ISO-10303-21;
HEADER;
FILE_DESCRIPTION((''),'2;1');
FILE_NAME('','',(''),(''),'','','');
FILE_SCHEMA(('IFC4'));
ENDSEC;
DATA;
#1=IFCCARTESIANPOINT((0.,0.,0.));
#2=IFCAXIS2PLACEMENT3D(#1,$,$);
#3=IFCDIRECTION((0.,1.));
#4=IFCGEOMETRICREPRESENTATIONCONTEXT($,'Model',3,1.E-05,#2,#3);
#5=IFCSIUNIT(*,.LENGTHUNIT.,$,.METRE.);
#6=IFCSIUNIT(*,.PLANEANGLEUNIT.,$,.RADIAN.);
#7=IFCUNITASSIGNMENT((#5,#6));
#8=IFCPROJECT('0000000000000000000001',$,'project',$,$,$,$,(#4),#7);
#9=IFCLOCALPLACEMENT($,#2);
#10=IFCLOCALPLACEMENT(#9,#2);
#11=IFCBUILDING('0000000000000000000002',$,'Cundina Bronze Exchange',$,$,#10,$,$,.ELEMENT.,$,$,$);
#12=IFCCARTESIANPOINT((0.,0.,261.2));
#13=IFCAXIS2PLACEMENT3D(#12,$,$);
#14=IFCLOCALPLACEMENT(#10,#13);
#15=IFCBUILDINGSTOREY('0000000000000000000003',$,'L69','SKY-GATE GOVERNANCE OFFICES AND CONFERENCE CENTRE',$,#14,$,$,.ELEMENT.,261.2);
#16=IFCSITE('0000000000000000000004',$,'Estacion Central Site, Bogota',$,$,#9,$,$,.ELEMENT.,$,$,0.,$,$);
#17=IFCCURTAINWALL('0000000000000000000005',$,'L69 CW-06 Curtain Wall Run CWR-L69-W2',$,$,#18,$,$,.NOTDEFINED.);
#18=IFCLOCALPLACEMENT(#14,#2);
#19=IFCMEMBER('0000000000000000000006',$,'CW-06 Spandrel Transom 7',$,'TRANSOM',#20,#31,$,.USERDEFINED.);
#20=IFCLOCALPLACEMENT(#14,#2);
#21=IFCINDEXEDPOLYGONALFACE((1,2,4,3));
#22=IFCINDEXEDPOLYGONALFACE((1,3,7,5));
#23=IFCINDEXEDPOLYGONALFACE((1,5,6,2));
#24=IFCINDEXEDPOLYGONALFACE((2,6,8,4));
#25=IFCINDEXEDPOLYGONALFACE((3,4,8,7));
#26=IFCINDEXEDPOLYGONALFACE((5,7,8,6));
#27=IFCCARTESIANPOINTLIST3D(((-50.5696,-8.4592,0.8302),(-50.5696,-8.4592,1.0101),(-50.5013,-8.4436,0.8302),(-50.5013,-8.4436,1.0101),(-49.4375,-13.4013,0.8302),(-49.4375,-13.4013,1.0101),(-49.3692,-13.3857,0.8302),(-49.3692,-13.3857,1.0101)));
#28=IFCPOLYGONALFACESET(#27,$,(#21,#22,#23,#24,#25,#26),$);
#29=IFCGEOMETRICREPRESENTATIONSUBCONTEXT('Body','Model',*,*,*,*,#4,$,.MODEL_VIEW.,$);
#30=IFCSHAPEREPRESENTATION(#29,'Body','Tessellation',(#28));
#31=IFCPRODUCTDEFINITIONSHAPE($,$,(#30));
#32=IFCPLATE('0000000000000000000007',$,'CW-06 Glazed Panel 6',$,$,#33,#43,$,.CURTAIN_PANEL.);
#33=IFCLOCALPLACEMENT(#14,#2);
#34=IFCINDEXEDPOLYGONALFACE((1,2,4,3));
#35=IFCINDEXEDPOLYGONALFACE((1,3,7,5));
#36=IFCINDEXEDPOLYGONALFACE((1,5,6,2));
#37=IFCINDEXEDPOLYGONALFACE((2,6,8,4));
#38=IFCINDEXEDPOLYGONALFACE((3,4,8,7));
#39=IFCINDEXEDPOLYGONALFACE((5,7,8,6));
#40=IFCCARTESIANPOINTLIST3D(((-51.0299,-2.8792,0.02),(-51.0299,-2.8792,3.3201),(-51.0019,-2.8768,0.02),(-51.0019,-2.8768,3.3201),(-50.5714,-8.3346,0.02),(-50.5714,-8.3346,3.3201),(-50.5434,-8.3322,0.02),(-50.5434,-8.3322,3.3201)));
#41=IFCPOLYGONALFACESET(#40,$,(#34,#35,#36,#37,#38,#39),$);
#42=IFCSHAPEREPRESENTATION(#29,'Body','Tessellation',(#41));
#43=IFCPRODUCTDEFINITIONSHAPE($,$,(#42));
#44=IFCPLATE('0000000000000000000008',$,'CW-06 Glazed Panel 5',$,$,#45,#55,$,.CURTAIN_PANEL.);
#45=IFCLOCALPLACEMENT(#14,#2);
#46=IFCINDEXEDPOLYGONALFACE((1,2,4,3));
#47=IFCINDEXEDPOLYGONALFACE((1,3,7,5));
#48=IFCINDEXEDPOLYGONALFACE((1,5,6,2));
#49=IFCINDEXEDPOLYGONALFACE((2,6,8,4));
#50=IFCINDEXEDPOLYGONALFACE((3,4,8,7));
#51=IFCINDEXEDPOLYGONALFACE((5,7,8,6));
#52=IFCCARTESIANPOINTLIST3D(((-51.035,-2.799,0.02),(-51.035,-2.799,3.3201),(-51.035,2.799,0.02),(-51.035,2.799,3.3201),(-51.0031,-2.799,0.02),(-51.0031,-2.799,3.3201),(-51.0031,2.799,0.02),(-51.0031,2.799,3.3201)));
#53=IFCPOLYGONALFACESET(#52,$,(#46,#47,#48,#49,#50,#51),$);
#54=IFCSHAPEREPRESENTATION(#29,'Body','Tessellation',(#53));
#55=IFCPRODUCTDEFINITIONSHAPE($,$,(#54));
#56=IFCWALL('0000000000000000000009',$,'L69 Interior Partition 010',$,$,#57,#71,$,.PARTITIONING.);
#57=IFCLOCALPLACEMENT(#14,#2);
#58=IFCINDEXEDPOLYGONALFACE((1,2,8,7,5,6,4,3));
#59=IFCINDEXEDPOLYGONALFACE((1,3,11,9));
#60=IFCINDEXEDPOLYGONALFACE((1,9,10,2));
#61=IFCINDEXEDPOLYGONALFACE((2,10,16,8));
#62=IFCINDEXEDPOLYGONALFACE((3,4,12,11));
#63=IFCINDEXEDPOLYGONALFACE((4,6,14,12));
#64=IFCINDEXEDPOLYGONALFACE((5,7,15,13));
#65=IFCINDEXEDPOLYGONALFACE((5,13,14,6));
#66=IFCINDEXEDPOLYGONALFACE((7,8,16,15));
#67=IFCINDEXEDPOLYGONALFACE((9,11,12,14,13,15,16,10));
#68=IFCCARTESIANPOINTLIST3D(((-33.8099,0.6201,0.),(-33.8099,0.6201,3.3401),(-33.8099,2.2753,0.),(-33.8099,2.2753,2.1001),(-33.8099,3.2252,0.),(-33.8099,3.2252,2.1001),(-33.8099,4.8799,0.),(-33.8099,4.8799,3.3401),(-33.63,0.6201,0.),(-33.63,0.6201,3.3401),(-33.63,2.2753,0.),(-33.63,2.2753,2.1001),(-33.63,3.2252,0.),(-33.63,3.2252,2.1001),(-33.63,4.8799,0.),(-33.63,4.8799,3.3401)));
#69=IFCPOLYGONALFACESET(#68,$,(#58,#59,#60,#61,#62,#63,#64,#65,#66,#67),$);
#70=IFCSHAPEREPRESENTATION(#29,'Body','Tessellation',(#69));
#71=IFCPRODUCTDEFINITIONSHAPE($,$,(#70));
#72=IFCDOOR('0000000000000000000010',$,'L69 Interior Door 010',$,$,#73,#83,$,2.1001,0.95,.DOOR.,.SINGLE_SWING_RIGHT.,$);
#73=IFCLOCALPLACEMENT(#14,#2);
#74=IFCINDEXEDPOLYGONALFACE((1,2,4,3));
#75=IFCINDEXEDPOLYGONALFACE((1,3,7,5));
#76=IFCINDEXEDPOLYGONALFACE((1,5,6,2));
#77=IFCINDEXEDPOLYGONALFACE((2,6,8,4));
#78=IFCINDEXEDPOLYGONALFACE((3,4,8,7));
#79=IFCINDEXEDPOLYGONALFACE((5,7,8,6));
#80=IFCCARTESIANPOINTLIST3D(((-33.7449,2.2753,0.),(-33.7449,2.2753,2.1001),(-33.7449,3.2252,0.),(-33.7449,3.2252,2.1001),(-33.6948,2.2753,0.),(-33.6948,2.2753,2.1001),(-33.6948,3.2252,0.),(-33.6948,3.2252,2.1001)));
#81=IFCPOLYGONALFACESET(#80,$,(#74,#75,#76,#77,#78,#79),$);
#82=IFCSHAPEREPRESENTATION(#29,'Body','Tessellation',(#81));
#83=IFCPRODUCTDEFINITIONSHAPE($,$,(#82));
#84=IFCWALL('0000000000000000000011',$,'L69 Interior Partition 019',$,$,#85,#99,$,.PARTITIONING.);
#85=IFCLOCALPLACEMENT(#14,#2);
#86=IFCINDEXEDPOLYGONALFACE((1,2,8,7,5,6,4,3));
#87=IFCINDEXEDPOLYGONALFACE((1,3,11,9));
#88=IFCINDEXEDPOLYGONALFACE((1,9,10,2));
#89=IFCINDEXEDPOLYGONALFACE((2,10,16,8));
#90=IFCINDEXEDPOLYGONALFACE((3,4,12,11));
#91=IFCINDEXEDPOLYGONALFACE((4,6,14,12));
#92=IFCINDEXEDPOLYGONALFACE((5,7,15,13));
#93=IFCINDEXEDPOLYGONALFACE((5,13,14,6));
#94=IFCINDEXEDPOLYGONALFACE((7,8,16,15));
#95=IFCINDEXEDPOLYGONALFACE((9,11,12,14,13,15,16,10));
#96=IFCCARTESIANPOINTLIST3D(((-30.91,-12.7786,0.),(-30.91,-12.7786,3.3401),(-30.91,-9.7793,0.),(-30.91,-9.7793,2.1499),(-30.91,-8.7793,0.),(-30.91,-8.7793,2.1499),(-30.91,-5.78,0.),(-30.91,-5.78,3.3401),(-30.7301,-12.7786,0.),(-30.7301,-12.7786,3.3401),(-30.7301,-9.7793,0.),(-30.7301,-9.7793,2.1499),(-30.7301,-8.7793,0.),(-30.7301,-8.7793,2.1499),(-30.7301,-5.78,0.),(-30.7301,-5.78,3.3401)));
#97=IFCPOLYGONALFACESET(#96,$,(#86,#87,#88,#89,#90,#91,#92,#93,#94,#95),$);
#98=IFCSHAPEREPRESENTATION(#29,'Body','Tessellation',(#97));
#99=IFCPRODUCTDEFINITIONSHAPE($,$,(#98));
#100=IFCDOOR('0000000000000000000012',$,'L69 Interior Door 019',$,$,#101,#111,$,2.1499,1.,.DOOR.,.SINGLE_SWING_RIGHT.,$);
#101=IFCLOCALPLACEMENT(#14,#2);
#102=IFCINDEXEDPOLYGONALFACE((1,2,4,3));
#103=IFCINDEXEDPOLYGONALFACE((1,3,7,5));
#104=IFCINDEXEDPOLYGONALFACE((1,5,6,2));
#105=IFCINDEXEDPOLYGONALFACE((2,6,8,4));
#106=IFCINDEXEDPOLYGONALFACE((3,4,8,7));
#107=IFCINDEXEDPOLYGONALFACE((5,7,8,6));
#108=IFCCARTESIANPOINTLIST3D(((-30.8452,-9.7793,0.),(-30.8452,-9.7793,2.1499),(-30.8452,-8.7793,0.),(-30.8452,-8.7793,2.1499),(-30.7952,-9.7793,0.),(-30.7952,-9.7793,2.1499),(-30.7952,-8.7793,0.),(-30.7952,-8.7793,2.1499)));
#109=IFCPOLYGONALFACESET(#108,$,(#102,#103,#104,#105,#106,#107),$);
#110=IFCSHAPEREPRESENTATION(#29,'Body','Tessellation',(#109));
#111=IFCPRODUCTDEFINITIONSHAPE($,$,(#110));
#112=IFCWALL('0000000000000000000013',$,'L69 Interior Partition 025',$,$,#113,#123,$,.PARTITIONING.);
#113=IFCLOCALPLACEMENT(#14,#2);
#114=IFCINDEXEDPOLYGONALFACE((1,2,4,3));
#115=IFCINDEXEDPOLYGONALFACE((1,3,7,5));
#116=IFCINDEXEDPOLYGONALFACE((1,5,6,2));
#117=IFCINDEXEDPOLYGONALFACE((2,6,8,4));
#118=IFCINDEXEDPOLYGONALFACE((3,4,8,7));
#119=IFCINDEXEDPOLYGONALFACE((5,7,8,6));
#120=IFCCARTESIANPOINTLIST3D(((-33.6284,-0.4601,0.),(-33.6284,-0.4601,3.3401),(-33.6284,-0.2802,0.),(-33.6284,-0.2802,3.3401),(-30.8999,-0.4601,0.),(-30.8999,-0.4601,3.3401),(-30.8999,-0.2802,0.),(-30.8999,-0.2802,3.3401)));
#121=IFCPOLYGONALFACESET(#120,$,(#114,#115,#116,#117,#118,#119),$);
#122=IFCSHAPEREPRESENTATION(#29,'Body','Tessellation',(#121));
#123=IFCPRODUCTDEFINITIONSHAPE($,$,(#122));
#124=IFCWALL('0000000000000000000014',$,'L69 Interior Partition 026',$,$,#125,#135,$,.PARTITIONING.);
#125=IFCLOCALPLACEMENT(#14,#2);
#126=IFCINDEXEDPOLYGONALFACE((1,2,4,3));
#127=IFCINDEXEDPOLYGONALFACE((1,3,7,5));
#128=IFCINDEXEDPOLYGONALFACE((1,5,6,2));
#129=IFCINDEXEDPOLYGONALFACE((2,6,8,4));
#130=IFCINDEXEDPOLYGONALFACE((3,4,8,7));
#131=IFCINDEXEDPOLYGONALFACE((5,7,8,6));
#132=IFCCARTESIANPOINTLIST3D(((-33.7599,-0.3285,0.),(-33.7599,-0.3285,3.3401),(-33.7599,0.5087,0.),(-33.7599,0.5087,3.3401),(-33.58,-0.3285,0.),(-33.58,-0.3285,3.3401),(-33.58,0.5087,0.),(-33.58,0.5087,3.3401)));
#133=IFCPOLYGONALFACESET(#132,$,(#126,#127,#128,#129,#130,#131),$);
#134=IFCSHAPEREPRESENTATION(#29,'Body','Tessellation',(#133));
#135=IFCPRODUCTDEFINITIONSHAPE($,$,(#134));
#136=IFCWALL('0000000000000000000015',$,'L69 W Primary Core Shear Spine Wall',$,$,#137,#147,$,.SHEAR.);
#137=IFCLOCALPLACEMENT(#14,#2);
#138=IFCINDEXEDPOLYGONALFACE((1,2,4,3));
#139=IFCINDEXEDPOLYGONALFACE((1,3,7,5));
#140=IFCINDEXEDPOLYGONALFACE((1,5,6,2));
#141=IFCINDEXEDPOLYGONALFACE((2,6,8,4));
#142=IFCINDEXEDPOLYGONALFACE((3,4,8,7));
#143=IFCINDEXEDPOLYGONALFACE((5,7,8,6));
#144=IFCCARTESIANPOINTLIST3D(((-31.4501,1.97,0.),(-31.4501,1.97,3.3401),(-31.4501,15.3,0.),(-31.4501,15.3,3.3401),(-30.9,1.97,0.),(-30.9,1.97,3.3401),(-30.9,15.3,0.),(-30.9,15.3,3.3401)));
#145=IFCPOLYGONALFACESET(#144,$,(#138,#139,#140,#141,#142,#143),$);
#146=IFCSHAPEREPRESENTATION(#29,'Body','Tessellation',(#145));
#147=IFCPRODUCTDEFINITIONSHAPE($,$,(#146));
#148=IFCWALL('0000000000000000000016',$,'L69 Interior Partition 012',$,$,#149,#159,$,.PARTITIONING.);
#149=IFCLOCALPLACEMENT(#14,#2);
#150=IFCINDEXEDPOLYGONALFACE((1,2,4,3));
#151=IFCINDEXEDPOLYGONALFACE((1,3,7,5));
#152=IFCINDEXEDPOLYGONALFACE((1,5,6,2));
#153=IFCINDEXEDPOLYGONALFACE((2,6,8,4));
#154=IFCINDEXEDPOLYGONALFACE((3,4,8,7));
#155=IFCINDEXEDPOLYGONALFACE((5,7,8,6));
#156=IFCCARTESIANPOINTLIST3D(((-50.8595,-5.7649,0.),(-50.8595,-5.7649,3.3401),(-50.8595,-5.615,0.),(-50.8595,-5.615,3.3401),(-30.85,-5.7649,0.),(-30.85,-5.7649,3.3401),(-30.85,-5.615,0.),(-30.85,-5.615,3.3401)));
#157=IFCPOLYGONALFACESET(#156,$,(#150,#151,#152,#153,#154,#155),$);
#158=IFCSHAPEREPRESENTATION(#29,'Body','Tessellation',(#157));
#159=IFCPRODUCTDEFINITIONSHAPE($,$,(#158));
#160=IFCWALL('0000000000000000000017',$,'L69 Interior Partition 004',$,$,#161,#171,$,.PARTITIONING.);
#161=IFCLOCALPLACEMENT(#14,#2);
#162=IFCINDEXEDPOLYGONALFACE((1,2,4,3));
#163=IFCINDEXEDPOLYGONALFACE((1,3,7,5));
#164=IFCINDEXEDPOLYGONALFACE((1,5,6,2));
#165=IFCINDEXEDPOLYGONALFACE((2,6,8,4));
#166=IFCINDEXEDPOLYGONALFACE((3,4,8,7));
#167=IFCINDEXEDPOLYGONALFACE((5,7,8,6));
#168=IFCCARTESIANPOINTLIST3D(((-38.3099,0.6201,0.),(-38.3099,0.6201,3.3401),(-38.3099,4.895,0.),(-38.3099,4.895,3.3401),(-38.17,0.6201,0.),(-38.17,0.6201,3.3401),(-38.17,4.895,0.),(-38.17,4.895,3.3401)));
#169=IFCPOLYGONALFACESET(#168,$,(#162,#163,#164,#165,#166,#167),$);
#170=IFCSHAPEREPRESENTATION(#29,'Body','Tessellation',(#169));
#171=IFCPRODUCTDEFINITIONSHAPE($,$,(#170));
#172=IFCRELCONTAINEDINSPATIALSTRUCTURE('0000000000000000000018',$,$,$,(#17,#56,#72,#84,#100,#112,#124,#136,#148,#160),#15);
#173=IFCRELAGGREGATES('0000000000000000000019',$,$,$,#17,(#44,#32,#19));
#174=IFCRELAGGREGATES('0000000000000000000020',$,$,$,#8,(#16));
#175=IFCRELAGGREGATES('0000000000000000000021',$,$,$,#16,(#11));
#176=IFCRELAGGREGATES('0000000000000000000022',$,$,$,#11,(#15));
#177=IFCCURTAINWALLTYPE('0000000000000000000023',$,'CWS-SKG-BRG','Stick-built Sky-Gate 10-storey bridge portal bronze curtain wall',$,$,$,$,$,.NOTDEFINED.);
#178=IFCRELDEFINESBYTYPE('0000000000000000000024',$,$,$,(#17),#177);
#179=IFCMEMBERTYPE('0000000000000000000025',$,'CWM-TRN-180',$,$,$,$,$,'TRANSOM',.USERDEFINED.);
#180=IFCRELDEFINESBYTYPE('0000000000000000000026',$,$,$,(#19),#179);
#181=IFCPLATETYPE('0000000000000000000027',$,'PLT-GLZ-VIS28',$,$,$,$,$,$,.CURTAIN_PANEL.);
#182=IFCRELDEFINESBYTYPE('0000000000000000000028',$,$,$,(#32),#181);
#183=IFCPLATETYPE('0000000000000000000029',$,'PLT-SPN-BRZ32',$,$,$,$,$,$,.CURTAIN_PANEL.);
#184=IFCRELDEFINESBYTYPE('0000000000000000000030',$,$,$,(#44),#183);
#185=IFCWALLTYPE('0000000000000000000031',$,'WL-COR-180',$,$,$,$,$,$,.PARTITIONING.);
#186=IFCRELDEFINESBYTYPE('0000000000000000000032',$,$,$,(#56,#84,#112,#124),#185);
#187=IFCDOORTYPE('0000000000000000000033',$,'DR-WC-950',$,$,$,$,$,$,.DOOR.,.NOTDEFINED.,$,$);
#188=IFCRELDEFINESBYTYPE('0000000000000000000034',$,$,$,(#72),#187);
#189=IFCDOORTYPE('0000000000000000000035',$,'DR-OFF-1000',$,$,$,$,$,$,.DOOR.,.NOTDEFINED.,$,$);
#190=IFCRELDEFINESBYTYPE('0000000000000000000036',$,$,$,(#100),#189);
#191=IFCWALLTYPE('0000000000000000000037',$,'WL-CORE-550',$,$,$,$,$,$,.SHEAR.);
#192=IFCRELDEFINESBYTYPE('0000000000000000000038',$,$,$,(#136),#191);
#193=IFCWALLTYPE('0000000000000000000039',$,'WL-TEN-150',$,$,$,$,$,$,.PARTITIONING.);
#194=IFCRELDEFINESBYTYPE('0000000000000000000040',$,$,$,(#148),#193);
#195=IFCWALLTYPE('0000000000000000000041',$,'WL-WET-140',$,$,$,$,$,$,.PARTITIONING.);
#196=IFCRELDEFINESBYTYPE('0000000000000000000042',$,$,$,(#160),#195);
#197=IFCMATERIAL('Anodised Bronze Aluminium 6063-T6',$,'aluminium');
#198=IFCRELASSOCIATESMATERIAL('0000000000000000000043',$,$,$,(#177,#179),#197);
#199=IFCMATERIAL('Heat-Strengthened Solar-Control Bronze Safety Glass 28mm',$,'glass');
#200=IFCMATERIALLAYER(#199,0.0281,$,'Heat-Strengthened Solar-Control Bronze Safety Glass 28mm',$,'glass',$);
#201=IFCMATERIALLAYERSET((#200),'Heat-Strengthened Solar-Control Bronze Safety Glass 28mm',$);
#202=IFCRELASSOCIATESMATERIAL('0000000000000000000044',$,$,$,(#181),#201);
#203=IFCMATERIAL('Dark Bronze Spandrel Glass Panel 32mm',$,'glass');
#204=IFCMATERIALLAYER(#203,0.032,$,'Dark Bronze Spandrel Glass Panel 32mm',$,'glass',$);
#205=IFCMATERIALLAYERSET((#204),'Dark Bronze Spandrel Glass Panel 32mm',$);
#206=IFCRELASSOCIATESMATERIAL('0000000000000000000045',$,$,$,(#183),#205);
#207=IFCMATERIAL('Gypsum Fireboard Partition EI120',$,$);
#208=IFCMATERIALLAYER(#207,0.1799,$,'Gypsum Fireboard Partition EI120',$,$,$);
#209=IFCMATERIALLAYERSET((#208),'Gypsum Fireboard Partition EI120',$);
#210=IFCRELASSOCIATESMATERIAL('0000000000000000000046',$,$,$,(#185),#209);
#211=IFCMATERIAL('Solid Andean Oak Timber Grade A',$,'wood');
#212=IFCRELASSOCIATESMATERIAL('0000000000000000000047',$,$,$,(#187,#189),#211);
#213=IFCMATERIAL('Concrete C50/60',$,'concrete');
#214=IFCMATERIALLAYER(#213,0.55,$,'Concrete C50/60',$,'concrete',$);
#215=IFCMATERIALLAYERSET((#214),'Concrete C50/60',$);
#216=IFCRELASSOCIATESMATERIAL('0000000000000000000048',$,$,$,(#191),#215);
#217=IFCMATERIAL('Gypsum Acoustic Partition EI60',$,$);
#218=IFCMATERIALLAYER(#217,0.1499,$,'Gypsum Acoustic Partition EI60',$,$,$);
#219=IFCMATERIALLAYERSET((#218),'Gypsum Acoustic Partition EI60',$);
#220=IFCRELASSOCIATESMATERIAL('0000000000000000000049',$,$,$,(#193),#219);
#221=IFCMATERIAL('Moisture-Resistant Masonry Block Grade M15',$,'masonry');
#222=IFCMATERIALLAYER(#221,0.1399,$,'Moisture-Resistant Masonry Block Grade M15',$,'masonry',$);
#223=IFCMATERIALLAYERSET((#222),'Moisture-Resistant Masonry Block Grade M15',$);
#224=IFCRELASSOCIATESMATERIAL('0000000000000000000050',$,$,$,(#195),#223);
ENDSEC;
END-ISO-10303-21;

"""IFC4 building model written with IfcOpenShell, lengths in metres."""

from ifc_helpers import new_model, si_unit, direction, frame, frame_2d, origin, origin_2d, place, context, subcontext, project, spatial, rectangle, extrude, material, layer, layer_set, material_profile, profile_set, type_object, element, fill, aggregate, save


model = new_model("IFC4")

# Units and contexts
model_context = context("Model", 3, precision=1e-05, world=origin(), true_north=direction((0.0, 1.0)))
body_context = subcontext(model_context, "Body", "Model", "MODEL_VIEW")
ifc_project = project(units=[si_unit("LENGTHUNIT", "METRE"), si_unit("PLANEANGLEUNIT", "RADIAN")], contexts=[model_context])

# Site, building, storey
site_placement = place(None, origin())
site = spatial("IfcSite", under=ifc_project, at=site_placement, Name="Estacion Central Site, Bogota", CompositionType="ELEMENT", RefElevation=0.0)
building_placement = place(site_placement, origin())
building = spatial("IfcBuilding", under=site, at=building_placement, Name="Cundina Bronze Exchange", CompositionType="ELEMENT")
storey_placement = place(building_placement, frame((0.0, 0.0, 261.2)))
storey = spatial("IfcBuildingStorey", under=building, at=storey_placement, Name="L69", Description="SKY-GATE GOVERNANCE OFFICES AND CONFERENCE CENTRE", CompositionType="ELEMENT", Elevation=261.2)

# Shared definitions
ifc_material_1 = material(Name="Concrete C50/60", Category="concrete")

# Curtain wall, member, plates
ifc_material_2 = material(Name="Anodised Bronze Aluminium 6063-T6", Category="aluminium")
curtain_wall_type = type_object("IfcCurtainWallType", Name="CWS-SKG-BRG", Description="Stick-built Sky-Gate 10-storey bridge portal bronze curtain wall", PredefinedType="NOTDEFINED", material=ifc_material_2)
curtain_wall_placement = place(storey_placement, origin())
curtain_wall = element("IfcCurtainWall", 1, at=curtain_wall_placement, inside=storey, type_object=curtain_wall_type, Name="L69 CW-06 Curtain Wall Run CWR-L69-W2", PredefinedType="NOTDEFINED")
ifc_material_profile_1 = material_profile(ifc_material_2, rectangle(XDim=0.0701, YDim=0.1799, at=origin_2d()), Name="AL70X180", Category="aluminium")
ifc_profile_set_1 = profile_set([ifc_material_profile_1], Name="Anodised Bronze Aluminium 6063-T6")
member_type_1 = type_object("IfcMemberType", Name="CWM-TRN-180", ElementType="TRANSOM", PredefinedType="USERDEFINED", material=ifc_profile_set_1)
member_1_placement = place(storey_placement, frame((-50.5354, -8.4514, 0.9202), z_axis=(0.223284, -0.974754, 0.0), x_axis=(0.974754, 0.223284, 0.0)))
member_1 = element("IfcMember", 2, at=member_1_placement, type_object=member_type_1, Name="CW-06 Spandrel Transom 7", ObjectType="TRANSOM", PredefinedType="USERDEFINED", context=body_context, shape_type="SweptSolid", body=[
    extrude(rectangle(XDim=0.0701, YDim=0.1799, at=origin_2d()), origin(), (0.0, 0.0, 1.0), 5.0701),
])
ifc_material_3 = material(Name="Heat-Strengthened Solar-Control Bronze Safety Glass 28mm", Category="glass")
ifc_layer_1 = layer(ifc_material_3, 0.0281, Name="Heat-Strengthened Solar-Control Bronze Safety Glass 28mm", Category="glass")
ifc_layer_set_1 = layer_set([ifc_layer_1], Name="Heat-Strengthened Solar-Control Bronze Safety Glass 28mm")
plate_type_1 = type_object("IfcPlateType", Name="PLT-GLZ-VIS28", PredefinedType="CURTAIN_PANEL", material=ifc_layer_set_1)
plate_1_placement = place(storey_placement, frame((-50.7866, -5.6057, 0.02), z_axis=(0.0, 0.0, 1.0), x_axis=(0.083747, -0.996487, 0.0)))
plate_1 = element("IfcPlate", 3, at=plate_1_placement, type_object=plate_type_1, Name="CW-06 Glazed Panel 6", PredefinedType="CURTAIN_PANEL", context=body_context, shape_type="SweptSolid", body=[
    extrude(rectangle(XDim=5.4746, YDim=0.0281, at=origin_2d()), origin(), (0.0, 0.0, 1.0), 3.3),
])
ifc_material_4 = material(Name="Dark Bronze Spandrel Glass Panel 32mm", Category="glass")
ifc_layer_2 = layer(ifc_material_4, 0.032, Name="Dark Bronze Spandrel Glass Panel 32mm", Category="glass")
ifc_layer_set_2 = layer_set([ifc_layer_2], Name="Dark Bronze Spandrel Glass Panel 32mm")
plate_type_2 = type_object("IfcPlateType", Name="PLT-SPN-BRZ32", PredefinedType="CURTAIN_PANEL", material=ifc_layer_set_2)
plate_2_placement = place(storey_placement, frame((-51.019, 0.0, 0.02), z_axis=(0.0, 0.0, 1.0), x_axis=(0.0, -1.0, 0.0)))
plate_2 = element("IfcPlate", 4, at=plate_2_placement, type_object=plate_type_2, Name="CW-06 Glazed Panel 5", PredefinedType="CURTAIN_PANEL", context=body_context, shape_type="SweptSolid", body=[
    extrude(rectangle(XDim=5.5979, YDim=0.032, at=origin_2d()), origin(), (0.0, 0.0, 1.0), 3.3),
])
aggregate(curtain_wall, [plate_2, plate_1, member_1])

# Walls, openings, doors
ifc_material_5 = material(Name="Gypsum Fireboard Partition EI120")
ifc_layer_3 = layer(ifc_material_5, 0.1799, Name="Gypsum Fireboard Partition EI120")
ifc_layer_set_3 = layer_set([ifc_layer_3], Name="Gypsum Fireboard Partition EI120")
wall_type_1 = type_object("IfcWallType", Name="WL-COR-180", PredefinedType="PARTITIONING", material=ifc_layer_set_3)
wall_1_placement = place(storey_placement, frame((-33.72, 0.6201, 0.0), z_axis=(0.0, 0.0, 1.0), x_axis=(0.0, 1.0, 0.0)))
wall_1 = element("IfcWall", 5, at=wall_1_placement, inside=storey, type_object=wall_type_1, Name="L69 Interior Partition 010", PredefinedType="PARTITIONING", context=body_context, shape_type="SweptSolid", body=[
    extrude(rectangle(XDim=4.2598, YDim=0.1799, at=frame_2d((2.1299, 0.0))), origin(), (0.0, 0.0, 1.0), 3.3401),
])
opening_1_placement = place(wall_1_placement, frame((1.655, 0.0, 0.0)))
opening_1 = element("IfcOpeningElement", 6, at=opening_1_placement, cuts=wall_1, PredefinedType="OPENING", context=body_context, shape_type="SweptSolid", body=[
    extrude(rectangle(XDim=0.95, YDim=2.1001, at=frame_2d((0.4751, 1.05))), frame((0.0, 0.0999, 0.0), z_axis=(0.0, -1.0, 0.0), x_axis=(1.0, 0.0, 0.0)), (0.0, 0.0, 1.0), 0.2),
])
ifc_material_6 = material(Name="Solid Andean Oak Timber Grade A", Category="wood")
door_type_1 = type_object("IfcDoorType", Name="DR-WC-950", OperationType="NOTDEFINED", PredefinedType="DOOR", material=ifc_material_6)
door_1_placement = place(opening_1_placement, origin())
door_1 = element("IfcDoor", 7, at=door_1_placement, inside=storey, type_object=door_type_1, Name="L69 Interior Door 010", OperationType="SINGLE_SWING_RIGHT", OverallHeight=2.1001, OverallWidth=0.95, PredefinedType="DOOR", context=body_context, shape_type="SweptSolid", body=[
    extrude(rectangle(XDim=0.95, YDim=2.1001, at=frame_2d((0.4751, 1.05))), frame((0.0, 0.0249, 0.0), z_axis=(0.0, -1.0, 0.0), x_axis=(1.0, 0.0, 0.0)), (0.0, 0.0, 1.0), 0.05),
])
fill(opening_1, door_1)
wall_2_placement = place(storey_placement, frame((-30.8201, -5.78, 0.0), z_axis=(0.0, 0.0, 1.0), x_axis=(0.0, -1.0, 0.0)))
wall_2 = element("IfcWall", 8, at=wall_2_placement, inside=storey, type_object=wall_type_1, Name="L69 Interior Partition 019", PredefinedType="PARTITIONING", context=body_context, shape_type="SweptSolid", body=[
    extrude(rectangle(XDim=6.9985, YDim=0.1799, at=frame_2d((3.4993, 0.0))), origin(), (0.0, 0.0, 1.0), 3.3401),
])
opening_2_placement = place(wall_2_placement, frame((2.9993, 0.0, 0.0)))
opening_2 = element("IfcOpeningElement", 9, at=opening_2_placement, cuts=wall_2, PredefinedType="OPENING", context=body_context, shape_type="SweptSolid", body=[
    extrude(rectangle(XDim=1.0, YDim=2.1499, at=frame_2d((0.5, 1.075))), frame((0.0, 0.0999, 0.0), z_axis=(0.0, -1.0, 0.0), x_axis=(1.0, 0.0, 0.0)), (0.0, 0.0, 1.0), 0.2),
])
door_type_2 = type_object("IfcDoorType", Name="DR-OFF-1000", OperationType="NOTDEFINED", PredefinedType="DOOR", material=ifc_material_6)
door_2_placement = place(opening_2_placement, origin())
door_2 = element("IfcDoor", 10, at=door_2_placement, inside=storey, type_object=door_type_2, Name="L69 Interior Door 019", OperationType="SINGLE_SWING_RIGHT", OverallHeight=2.1499, OverallWidth=1.0, PredefinedType="DOOR", context=body_context, shape_type="SweptSolid", body=[
    extrude(rectangle(XDim=1.0, YDim=2.1499, at=frame_2d((0.5, 1.075))), frame((0.0, 0.0249, 0.0), z_axis=(0.0, -1.0, 0.0), x_axis=(1.0, 0.0, 0.0)), (0.0, 0.0, 1.0), 0.05),
])
fill(opening_2, door_2)

# Walls
wall_3_placement = place(storey_placement, frame((-33.6284, -0.3701, 0.0), z_axis=(0.0, 0.0, 1.0), x_axis=(1.0, 0.0, 0.0)))
element("IfcWall", 11, at=wall_3_placement, inside=storey, type_object=wall_type_1, Name="L69 Interior Partition 025", PredefinedType="PARTITIONING", context=body_context, shape_type="SweptSolid", body=[
    extrude(rectangle(XDim=2.7285, YDim=0.1799, at=frame_2d((1.3643, 0.0))), origin(), (0.0, 0.0, 1.0), 3.3401),
])
wall_4_placement = place(storey_placement, frame((-33.6699, 0.5085, 0.0), z_axis=(0.0, 0.0, 1.0), x_axis=(0.0, -1.0, 0.0)))
element("IfcWall", 12, at=wall_4_placement, inside=storey, type_object=wall_type_1, Name="L69 Interior Partition 026", PredefinedType="PARTITIONING", context=body_context, shape_type="SweptSolid", body=[
    extrude(rectangle(XDim=0.8372, YDim=0.1799, at=frame_2d((0.4185, 0.0))), origin(), (0.0, 0.0, 1.0), 3.3401),
])
ifc_layer_4 = layer(ifc_material_1, 0.55, Name="Concrete C50/60", Category="concrete")
ifc_layer_set_4 = layer_set([ifc_layer_4], Name="Concrete C50/60")
wall_type_2 = type_object("IfcWallType", Name="WL-CORE-550", PredefinedType="SHEAR", material=ifc_layer_set_4)
wall_5_placement = place(storey_placement, frame((-31.175, 1.97, 0.0), z_axis=(0.0, 0.0, 1.0), x_axis=(0.0, 1.0, 0.0)))
element("IfcWall", 13, at=wall_5_placement, inside=storey, type_object=wall_type_2, Name="L69 W Primary Core Shear Spine Wall", PredefinedType="SHEAR", context=body_context, shape_type="SweptSolid", body=[
    extrude(rectangle(XDim=13.3301, YDim=0.55, at=frame_2d((6.665, 0.0))), origin(), (0.0, 0.0, 1.0), 3.3401),
])
ifc_material_7 = material(Name="Gypsum Acoustic Partition EI60")
ifc_layer_5 = layer(ifc_material_7, 0.1499, Name="Gypsum Acoustic Partition EI60")
ifc_layer_set_5 = layer_set([ifc_layer_5], Name="Gypsum Acoustic Partition EI60")
wall_type_3 = type_object("IfcWallType", Name="WL-TEN-150", PredefinedType="PARTITIONING", material=ifc_layer_set_5)
wall_6_placement = place(storey_placement, frame((-50.8596, -5.6899, 0.0), z_axis=(0.0, 0.0, 1.0), x_axis=(1.0, 0.0, 0.0)))
element("IfcWall", 14, at=wall_6_placement, inside=storey, type_object=wall_type_3, Name="L69 Interior Partition 012", PredefinedType="PARTITIONING", context=body_context, shape_type="SweptSolid", body=[
    extrude(rectangle(XDim=20.0095, YDim=0.1499, at=frame_2d((10.0049, 0.0))), origin(), (0.0, 0.0, 1.0), 3.3401),
])
ifc_material_8 = material(Name="Moisture-Resistant Masonry Block Grade M15", Category="masonry")
ifc_layer_6 = layer(ifc_material_8, 0.1399, Name="Moisture-Resistant Masonry Block Grade M15", Category="masonry")
ifc_layer_set_6 = layer_set([ifc_layer_6], Name="Moisture-Resistant Masonry Block Grade M15")
wall_type_4 = type_object("IfcWallType", Name="WL-WET-140", PredefinedType="PARTITIONING", material=ifc_layer_set_6)
wall_7_placement = place(storey_placement, frame((-38.24, 0.6201, 0.0), z_axis=(0.0, 0.0, 1.0), x_axis=(0.0, 1.0, 0.0)))
element("IfcWall", 15, at=wall_7_placement, inside=storey, type_object=wall_type_4, Name="L69 Interior Partition 004", PredefinedType="PARTITIONING", context=body_context, shape_type="SweptSolid", body=[
    extrude(rectangle(XDim=4.2749, YDim=0.1399, at=frame_2d((2.1375, 0.0))), origin(), (0.0, 0.0, 1.0), 3.3401),
])

save(model, "model.ifc")
